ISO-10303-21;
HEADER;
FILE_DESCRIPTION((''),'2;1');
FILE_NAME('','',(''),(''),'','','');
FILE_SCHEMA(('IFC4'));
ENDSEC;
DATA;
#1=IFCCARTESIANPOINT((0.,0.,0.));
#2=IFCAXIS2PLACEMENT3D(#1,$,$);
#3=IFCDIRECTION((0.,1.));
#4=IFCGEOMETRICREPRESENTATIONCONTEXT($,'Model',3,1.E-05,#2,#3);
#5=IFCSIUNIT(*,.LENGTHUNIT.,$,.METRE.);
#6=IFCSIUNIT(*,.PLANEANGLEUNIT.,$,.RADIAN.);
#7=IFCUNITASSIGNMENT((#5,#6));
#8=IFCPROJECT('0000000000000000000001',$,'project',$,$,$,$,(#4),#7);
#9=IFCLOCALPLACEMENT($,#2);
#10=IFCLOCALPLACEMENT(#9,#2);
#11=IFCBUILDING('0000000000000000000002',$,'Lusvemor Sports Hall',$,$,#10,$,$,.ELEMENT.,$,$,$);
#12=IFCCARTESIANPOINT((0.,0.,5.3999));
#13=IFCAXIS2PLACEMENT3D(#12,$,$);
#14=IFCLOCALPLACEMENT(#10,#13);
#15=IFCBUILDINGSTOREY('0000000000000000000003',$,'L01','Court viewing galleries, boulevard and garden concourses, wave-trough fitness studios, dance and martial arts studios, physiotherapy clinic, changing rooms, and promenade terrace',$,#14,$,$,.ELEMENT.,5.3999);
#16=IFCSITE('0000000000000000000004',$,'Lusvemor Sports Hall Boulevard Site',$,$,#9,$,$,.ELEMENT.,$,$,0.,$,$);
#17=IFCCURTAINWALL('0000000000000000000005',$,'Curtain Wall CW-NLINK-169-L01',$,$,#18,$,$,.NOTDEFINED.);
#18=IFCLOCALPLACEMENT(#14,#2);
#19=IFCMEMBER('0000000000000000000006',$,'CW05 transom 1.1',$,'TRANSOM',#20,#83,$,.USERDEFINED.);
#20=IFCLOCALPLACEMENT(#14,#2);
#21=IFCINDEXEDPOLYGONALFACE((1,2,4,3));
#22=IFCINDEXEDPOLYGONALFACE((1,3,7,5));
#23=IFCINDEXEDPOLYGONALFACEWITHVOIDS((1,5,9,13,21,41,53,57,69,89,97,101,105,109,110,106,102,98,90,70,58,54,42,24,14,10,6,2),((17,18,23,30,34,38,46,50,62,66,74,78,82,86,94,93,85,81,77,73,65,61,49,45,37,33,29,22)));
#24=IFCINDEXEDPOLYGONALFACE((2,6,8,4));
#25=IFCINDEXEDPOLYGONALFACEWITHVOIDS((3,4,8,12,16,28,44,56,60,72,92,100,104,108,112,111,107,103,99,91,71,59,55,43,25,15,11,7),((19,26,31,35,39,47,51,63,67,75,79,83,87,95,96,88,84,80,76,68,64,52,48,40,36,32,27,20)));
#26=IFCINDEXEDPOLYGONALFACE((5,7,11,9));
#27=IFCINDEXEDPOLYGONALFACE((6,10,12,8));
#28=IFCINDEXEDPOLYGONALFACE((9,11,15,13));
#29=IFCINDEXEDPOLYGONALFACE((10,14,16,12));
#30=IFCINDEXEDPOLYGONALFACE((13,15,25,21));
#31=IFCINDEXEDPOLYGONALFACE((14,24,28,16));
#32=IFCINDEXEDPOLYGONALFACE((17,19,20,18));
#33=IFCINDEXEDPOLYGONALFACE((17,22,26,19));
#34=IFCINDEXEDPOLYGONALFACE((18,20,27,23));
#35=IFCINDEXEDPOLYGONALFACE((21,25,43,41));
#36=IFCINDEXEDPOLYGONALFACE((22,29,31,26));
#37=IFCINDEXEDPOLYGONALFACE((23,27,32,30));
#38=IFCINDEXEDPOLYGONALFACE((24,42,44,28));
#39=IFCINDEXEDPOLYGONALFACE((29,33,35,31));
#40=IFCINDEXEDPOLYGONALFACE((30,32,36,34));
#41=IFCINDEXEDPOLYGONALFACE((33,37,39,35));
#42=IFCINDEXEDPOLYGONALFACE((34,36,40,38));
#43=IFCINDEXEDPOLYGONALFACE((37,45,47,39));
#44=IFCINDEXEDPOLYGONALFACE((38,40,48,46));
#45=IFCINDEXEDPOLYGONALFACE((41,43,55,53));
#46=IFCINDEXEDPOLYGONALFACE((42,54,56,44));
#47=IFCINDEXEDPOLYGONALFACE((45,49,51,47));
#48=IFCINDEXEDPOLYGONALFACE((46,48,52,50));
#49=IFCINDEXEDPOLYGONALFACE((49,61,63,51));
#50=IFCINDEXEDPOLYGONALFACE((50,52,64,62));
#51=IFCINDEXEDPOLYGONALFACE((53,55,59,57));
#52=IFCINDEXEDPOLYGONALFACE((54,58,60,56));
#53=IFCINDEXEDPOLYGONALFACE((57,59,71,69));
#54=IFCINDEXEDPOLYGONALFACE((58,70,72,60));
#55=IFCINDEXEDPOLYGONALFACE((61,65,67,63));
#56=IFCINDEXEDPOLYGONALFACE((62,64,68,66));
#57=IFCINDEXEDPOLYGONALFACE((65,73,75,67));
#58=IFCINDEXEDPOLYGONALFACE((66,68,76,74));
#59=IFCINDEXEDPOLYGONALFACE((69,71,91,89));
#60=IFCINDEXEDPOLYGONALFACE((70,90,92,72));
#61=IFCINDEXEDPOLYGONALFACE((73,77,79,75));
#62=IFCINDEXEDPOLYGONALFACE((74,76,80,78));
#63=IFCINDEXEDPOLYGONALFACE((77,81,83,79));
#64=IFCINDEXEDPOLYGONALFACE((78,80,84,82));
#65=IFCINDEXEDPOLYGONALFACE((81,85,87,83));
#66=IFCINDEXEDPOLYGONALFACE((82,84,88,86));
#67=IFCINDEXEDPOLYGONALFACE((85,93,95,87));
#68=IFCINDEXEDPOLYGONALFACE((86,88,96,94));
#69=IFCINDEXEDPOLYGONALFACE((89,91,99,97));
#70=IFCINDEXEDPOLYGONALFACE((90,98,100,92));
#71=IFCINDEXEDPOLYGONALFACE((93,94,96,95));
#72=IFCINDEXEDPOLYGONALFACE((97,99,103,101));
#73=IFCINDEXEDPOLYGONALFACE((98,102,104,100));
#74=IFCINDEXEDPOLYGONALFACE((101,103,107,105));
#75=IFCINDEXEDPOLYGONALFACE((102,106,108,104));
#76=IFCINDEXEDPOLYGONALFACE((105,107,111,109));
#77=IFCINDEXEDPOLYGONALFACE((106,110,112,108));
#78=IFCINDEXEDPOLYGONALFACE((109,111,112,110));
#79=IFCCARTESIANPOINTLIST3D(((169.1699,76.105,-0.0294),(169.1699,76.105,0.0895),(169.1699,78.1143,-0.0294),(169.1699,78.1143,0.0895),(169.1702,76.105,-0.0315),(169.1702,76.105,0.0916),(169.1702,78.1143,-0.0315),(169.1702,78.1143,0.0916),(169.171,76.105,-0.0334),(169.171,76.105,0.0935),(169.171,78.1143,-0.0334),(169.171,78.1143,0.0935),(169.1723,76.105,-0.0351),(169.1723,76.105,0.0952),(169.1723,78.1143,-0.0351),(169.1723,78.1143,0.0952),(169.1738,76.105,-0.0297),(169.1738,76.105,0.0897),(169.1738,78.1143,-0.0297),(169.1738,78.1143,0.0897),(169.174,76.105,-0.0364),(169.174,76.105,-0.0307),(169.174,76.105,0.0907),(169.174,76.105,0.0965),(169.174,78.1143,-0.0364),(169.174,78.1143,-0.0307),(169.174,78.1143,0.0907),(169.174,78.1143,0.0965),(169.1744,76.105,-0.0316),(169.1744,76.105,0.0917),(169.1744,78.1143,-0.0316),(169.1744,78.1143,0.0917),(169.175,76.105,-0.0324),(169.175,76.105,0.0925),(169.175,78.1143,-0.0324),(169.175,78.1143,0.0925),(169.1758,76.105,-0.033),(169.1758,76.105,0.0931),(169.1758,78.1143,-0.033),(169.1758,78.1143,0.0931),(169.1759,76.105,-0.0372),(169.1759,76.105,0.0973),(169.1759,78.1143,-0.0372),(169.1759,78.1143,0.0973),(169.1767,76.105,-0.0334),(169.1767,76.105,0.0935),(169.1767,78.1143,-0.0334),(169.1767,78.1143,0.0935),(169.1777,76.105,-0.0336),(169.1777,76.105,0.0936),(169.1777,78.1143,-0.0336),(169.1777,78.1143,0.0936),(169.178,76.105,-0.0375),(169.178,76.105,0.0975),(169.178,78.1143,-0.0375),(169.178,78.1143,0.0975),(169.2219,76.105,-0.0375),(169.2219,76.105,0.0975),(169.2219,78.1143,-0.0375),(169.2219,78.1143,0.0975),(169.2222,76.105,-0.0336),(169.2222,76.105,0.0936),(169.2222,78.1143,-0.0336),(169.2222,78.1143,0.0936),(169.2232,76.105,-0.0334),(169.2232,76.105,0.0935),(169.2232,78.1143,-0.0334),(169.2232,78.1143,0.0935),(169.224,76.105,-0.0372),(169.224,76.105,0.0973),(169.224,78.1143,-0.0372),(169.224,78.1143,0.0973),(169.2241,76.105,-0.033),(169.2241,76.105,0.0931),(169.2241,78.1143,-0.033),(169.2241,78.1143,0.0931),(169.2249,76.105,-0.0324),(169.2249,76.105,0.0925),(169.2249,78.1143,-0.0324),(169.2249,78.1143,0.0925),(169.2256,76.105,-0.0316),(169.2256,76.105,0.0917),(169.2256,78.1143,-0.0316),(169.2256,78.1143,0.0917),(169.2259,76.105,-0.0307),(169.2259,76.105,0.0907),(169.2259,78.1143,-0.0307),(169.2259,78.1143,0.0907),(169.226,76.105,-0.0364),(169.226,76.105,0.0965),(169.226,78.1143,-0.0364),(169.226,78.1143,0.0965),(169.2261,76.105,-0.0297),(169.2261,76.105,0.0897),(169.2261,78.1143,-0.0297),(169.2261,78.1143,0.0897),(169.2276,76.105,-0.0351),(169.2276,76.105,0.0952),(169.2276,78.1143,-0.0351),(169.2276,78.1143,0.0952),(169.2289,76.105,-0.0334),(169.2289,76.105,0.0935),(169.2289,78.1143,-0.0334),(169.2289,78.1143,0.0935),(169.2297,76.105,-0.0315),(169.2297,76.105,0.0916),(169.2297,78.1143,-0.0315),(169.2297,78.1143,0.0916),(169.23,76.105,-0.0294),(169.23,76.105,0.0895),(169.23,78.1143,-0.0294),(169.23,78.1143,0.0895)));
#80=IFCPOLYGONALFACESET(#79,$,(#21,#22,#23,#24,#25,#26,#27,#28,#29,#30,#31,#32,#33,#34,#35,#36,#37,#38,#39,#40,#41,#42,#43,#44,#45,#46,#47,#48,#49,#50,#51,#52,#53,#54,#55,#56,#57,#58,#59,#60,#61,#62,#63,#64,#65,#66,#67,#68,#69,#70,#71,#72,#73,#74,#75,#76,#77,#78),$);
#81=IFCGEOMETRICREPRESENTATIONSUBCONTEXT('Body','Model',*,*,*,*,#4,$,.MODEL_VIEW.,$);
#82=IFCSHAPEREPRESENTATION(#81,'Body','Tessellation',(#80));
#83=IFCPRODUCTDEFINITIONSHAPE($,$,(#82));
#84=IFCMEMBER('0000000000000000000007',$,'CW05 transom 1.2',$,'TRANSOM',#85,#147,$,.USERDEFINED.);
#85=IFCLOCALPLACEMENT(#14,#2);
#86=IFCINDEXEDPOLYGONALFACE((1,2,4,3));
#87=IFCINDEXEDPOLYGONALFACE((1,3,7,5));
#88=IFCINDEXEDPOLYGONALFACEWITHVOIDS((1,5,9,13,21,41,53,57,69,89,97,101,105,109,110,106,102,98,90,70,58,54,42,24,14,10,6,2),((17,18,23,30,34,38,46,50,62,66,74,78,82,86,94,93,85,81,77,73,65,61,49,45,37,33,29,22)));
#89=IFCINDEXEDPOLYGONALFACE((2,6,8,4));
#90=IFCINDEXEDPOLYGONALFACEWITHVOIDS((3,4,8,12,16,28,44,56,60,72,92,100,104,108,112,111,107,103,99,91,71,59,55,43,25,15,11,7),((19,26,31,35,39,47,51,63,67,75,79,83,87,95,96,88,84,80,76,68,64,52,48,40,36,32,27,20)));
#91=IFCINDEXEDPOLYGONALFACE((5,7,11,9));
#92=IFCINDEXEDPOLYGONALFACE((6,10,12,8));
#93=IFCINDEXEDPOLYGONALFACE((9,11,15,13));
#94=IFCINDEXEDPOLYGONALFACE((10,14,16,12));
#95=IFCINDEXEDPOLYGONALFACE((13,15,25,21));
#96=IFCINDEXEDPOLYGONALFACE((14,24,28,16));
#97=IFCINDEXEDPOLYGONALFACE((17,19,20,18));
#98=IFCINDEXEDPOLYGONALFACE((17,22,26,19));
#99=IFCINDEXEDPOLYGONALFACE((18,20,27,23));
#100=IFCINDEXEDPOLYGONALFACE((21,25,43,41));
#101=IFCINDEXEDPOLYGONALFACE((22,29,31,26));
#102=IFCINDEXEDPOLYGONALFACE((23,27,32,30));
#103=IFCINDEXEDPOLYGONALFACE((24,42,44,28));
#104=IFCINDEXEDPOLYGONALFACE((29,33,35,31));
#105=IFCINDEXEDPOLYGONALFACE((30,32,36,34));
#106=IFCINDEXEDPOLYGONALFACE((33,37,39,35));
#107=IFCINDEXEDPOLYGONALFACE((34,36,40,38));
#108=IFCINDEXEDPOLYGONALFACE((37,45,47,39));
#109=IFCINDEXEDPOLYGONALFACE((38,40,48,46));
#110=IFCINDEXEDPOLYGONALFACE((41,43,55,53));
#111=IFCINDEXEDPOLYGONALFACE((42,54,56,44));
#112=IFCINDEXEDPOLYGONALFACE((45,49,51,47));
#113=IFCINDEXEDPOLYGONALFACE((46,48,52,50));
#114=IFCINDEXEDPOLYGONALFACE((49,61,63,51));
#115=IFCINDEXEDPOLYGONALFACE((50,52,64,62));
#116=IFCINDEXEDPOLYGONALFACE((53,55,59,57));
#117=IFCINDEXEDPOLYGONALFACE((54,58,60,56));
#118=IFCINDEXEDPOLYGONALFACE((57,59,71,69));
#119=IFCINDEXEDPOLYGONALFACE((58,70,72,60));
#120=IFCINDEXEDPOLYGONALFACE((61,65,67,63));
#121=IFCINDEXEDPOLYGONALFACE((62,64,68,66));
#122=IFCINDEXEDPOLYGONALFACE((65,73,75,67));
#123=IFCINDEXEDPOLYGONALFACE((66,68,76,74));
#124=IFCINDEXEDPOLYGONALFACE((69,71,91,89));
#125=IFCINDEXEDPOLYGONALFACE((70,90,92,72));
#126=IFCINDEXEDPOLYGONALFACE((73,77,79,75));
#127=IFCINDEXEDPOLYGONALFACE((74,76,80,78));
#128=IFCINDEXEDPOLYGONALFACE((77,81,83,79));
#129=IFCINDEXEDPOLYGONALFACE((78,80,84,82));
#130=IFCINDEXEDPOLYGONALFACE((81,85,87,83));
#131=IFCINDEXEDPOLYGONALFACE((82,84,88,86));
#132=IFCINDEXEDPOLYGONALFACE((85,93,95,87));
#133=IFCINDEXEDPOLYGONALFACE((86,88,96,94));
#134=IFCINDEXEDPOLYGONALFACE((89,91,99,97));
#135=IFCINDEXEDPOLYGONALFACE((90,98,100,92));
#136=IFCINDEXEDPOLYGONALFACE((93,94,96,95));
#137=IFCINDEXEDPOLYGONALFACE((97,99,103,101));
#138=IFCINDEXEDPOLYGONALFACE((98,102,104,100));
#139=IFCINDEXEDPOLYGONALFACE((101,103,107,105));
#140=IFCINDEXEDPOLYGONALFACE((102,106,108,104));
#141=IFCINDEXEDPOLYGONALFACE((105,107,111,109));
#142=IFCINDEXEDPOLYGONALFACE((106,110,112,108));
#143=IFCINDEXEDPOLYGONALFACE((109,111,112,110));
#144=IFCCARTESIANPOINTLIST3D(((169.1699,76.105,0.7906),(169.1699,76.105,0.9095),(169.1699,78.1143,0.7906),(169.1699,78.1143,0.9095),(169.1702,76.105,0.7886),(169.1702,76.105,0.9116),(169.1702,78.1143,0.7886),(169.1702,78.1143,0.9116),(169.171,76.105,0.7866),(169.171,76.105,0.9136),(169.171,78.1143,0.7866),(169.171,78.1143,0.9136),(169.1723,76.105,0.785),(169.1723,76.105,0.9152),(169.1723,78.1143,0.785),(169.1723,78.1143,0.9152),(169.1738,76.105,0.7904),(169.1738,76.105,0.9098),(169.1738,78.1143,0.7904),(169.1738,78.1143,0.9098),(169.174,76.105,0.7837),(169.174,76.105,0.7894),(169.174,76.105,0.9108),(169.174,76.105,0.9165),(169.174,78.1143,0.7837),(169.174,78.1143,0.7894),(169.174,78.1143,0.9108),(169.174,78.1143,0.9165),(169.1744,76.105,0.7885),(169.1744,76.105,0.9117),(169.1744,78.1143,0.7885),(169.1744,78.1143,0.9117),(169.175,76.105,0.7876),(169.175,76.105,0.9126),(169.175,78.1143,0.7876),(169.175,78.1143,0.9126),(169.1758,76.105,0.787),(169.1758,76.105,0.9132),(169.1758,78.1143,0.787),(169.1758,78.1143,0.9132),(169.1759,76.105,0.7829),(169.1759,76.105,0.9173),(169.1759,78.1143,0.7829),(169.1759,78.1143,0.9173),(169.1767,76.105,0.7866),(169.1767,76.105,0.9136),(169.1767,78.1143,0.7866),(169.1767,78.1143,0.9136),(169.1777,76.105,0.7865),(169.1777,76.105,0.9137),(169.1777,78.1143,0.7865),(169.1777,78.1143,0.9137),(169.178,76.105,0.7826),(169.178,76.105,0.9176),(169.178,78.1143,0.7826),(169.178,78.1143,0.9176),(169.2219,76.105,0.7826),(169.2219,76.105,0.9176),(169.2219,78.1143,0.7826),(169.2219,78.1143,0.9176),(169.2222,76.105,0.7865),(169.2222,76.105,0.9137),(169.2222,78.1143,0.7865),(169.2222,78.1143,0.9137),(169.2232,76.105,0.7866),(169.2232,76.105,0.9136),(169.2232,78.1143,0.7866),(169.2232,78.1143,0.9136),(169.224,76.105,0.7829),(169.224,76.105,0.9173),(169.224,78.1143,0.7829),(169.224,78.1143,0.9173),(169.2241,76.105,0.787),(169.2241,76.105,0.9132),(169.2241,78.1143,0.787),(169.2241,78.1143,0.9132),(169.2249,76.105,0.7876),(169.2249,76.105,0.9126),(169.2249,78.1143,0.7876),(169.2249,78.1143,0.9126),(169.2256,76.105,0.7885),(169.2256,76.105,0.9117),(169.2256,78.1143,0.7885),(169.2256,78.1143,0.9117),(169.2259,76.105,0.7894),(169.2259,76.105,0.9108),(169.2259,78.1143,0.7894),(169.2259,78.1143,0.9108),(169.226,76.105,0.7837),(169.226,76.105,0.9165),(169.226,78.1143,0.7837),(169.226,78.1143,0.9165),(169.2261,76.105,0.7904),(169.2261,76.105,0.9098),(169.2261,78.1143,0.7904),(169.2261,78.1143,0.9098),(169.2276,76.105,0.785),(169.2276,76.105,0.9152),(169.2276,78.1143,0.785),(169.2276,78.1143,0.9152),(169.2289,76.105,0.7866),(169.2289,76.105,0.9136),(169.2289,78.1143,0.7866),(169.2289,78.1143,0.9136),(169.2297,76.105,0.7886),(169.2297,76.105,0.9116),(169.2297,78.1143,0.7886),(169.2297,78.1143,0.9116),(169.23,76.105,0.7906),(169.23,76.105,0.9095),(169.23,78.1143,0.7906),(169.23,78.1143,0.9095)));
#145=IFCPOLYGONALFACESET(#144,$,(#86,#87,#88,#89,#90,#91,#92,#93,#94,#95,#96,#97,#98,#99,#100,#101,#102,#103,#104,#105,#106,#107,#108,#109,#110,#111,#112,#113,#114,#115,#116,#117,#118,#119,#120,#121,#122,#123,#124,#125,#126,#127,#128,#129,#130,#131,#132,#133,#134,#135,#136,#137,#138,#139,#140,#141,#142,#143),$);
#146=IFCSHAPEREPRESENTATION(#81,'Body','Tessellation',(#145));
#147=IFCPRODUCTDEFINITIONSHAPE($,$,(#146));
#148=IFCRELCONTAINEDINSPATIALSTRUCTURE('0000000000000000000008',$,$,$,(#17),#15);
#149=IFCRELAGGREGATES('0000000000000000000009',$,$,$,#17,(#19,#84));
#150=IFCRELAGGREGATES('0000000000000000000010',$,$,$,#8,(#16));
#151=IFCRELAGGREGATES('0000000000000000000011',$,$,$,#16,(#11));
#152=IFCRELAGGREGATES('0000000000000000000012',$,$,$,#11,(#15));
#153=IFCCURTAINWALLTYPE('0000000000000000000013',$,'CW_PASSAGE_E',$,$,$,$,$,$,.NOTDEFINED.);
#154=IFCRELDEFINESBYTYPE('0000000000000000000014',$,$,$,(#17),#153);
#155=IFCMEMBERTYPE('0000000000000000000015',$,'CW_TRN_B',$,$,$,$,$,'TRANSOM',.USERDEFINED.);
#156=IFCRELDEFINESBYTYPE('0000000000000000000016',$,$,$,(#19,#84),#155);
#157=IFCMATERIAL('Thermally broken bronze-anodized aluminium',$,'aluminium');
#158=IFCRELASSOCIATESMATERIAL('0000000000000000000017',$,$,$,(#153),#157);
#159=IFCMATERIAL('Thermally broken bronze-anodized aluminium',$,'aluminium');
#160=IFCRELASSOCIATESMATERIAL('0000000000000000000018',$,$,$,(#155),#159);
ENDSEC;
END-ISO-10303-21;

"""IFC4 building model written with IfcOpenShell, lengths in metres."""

from ifc_helpers import new_model, si_unit, direction, frame, origin, origin_2d, place, context, subcontext, project, spatial, hollow_rectangle, extrude, material, material_profile, profile_set, type_object, element, aggregate, save


model = new_model("IFC4")

# Units and contexts
model_context = context("Model", 3, precision=1e-05, world=origin(), true_north=direction((0.0, 1.0)))
body_context = subcontext(model_context, "Body", "Model", "MODEL_VIEW")
ifc_project = project(units=[si_unit("LENGTHUNIT", "METRE"), si_unit("PLANEANGLEUNIT", "RADIAN")], contexts=[model_context])

# Site, building, storey
site_placement = place(None, origin())
site = spatial("IfcSite", under=ifc_project, at=site_placement, Name="Lusvemor Sports Hall Boulevard Site", CompositionType="ELEMENT", RefElevation=0.0)
building_placement = place(site_placement, origin())
building = spatial("IfcBuilding", under=site, at=building_placement, Name="Lusvemor Sports Hall", CompositionType="ELEMENT")
storey_placement = place(building_placement, frame((0.0, 0.0, 5.3999)))
storey = spatial("IfcBuildingStorey", under=building, at=storey_placement, Name="L01", Description="Court viewing galleries, boulevard and garden concourses, wave-trough fitness studios, dance and martial arts studios, physiotherapy clinic, changing rooms, and promenade terrace", CompositionType="ELEMENT", Elevation=5.3999)

# Curtain wall, members
ifc_material_1 = material(Name="Thermally broken bronze-anodized aluminium", Category="aluminium")
curtain_wall_type = type_object("IfcCurtainWallType", Name="CW_PASSAGE_E", PredefinedType="NOTDEFINED", material=ifc_material_1)
curtain_wall_placement = place(storey_placement, origin())
curtain_wall = element("IfcCurtainWall", 1, at=curtain_wall_placement, inside=storey, type_object=curtain_wall_type, Name="Curtain Wall CW-NLINK-169-L01", PredefinedType="NOTDEFINED")
ifc_material_2 = material(Name="Thermally broken bronze-anodized aluminium", Category="aluminium")
ifc_material_profile_1 = material_profile(ifc_material_2, hollow_rectangle(XDim=0.0601, YDim=0.135, WallThickness=0.0039, InnerFilletRadius=0.0039, OuterFilletRadius=0.0081, at=origin_2d()), Name="CWTRN135x60x4")
ifc_profile_set_1 = profile_set([ifc_material_profile_1], Name="Thermally broken bronze-anodized aluminium")
member_type_1 = type_object("IfcMemberType", Name="CW_TRN_B", ElementType="TRANSOM", PredefinedType="USERDEFINED", material=ifc_profile_set_1)
member_1_placement = place(storey_placement, frame((169.2, 76.105, 0.03), z_axis=(0.0, 1.0, 0.0), x_axis=(-1.0, 0.0, 0.0)))
member_1 = element("IfcMember", 2, at=member_1_placement, type_object=member_type_1, Name="CW05 transom 1.1", ObjectType="TRANSOM", PredefinedType="USERDEFINED", context=body_context, shape_type="SweptSolid", body=[
    extrude(hollow_rectangle(XDim=0.0601, YDim=0.135, WallThickness=0.0039, InnerFilletRadius=0.0039, OuterFilletRadius=0.0081, at=origin_2d()), origin(), (0.0, 0.0, 1.0), 2.0093),
])
member_2_placement = place(storey_placement, frame((169.2, 76.105, 0.8501), z_axis=(0.0, 1.0, 0.0), x_axis=(-1.0, 0.0, 0.0)))
member_2 = element("IfcMember", 3, at=member_2_placement, type_object=member_type_1, Name="CW05 transom 1.2", ObjectType="TRANSOM", PredefinedType="USERDEFINED", context=body_context, shape_type="SweptSolid", body=[
    extrude(hollow_rectangle(XDim=0.0601, YDim=0.135, WallThickness=0.0039, InnerFilletRadius=0.0039, OuterFilletRadius=0.0081, at=origin_2d()), origin(), (0.0, 0.0, 1.0), 2.0093),
])

aggregate(curtain_wall, [member_1, member_2])

save(model, "model.ifc")
